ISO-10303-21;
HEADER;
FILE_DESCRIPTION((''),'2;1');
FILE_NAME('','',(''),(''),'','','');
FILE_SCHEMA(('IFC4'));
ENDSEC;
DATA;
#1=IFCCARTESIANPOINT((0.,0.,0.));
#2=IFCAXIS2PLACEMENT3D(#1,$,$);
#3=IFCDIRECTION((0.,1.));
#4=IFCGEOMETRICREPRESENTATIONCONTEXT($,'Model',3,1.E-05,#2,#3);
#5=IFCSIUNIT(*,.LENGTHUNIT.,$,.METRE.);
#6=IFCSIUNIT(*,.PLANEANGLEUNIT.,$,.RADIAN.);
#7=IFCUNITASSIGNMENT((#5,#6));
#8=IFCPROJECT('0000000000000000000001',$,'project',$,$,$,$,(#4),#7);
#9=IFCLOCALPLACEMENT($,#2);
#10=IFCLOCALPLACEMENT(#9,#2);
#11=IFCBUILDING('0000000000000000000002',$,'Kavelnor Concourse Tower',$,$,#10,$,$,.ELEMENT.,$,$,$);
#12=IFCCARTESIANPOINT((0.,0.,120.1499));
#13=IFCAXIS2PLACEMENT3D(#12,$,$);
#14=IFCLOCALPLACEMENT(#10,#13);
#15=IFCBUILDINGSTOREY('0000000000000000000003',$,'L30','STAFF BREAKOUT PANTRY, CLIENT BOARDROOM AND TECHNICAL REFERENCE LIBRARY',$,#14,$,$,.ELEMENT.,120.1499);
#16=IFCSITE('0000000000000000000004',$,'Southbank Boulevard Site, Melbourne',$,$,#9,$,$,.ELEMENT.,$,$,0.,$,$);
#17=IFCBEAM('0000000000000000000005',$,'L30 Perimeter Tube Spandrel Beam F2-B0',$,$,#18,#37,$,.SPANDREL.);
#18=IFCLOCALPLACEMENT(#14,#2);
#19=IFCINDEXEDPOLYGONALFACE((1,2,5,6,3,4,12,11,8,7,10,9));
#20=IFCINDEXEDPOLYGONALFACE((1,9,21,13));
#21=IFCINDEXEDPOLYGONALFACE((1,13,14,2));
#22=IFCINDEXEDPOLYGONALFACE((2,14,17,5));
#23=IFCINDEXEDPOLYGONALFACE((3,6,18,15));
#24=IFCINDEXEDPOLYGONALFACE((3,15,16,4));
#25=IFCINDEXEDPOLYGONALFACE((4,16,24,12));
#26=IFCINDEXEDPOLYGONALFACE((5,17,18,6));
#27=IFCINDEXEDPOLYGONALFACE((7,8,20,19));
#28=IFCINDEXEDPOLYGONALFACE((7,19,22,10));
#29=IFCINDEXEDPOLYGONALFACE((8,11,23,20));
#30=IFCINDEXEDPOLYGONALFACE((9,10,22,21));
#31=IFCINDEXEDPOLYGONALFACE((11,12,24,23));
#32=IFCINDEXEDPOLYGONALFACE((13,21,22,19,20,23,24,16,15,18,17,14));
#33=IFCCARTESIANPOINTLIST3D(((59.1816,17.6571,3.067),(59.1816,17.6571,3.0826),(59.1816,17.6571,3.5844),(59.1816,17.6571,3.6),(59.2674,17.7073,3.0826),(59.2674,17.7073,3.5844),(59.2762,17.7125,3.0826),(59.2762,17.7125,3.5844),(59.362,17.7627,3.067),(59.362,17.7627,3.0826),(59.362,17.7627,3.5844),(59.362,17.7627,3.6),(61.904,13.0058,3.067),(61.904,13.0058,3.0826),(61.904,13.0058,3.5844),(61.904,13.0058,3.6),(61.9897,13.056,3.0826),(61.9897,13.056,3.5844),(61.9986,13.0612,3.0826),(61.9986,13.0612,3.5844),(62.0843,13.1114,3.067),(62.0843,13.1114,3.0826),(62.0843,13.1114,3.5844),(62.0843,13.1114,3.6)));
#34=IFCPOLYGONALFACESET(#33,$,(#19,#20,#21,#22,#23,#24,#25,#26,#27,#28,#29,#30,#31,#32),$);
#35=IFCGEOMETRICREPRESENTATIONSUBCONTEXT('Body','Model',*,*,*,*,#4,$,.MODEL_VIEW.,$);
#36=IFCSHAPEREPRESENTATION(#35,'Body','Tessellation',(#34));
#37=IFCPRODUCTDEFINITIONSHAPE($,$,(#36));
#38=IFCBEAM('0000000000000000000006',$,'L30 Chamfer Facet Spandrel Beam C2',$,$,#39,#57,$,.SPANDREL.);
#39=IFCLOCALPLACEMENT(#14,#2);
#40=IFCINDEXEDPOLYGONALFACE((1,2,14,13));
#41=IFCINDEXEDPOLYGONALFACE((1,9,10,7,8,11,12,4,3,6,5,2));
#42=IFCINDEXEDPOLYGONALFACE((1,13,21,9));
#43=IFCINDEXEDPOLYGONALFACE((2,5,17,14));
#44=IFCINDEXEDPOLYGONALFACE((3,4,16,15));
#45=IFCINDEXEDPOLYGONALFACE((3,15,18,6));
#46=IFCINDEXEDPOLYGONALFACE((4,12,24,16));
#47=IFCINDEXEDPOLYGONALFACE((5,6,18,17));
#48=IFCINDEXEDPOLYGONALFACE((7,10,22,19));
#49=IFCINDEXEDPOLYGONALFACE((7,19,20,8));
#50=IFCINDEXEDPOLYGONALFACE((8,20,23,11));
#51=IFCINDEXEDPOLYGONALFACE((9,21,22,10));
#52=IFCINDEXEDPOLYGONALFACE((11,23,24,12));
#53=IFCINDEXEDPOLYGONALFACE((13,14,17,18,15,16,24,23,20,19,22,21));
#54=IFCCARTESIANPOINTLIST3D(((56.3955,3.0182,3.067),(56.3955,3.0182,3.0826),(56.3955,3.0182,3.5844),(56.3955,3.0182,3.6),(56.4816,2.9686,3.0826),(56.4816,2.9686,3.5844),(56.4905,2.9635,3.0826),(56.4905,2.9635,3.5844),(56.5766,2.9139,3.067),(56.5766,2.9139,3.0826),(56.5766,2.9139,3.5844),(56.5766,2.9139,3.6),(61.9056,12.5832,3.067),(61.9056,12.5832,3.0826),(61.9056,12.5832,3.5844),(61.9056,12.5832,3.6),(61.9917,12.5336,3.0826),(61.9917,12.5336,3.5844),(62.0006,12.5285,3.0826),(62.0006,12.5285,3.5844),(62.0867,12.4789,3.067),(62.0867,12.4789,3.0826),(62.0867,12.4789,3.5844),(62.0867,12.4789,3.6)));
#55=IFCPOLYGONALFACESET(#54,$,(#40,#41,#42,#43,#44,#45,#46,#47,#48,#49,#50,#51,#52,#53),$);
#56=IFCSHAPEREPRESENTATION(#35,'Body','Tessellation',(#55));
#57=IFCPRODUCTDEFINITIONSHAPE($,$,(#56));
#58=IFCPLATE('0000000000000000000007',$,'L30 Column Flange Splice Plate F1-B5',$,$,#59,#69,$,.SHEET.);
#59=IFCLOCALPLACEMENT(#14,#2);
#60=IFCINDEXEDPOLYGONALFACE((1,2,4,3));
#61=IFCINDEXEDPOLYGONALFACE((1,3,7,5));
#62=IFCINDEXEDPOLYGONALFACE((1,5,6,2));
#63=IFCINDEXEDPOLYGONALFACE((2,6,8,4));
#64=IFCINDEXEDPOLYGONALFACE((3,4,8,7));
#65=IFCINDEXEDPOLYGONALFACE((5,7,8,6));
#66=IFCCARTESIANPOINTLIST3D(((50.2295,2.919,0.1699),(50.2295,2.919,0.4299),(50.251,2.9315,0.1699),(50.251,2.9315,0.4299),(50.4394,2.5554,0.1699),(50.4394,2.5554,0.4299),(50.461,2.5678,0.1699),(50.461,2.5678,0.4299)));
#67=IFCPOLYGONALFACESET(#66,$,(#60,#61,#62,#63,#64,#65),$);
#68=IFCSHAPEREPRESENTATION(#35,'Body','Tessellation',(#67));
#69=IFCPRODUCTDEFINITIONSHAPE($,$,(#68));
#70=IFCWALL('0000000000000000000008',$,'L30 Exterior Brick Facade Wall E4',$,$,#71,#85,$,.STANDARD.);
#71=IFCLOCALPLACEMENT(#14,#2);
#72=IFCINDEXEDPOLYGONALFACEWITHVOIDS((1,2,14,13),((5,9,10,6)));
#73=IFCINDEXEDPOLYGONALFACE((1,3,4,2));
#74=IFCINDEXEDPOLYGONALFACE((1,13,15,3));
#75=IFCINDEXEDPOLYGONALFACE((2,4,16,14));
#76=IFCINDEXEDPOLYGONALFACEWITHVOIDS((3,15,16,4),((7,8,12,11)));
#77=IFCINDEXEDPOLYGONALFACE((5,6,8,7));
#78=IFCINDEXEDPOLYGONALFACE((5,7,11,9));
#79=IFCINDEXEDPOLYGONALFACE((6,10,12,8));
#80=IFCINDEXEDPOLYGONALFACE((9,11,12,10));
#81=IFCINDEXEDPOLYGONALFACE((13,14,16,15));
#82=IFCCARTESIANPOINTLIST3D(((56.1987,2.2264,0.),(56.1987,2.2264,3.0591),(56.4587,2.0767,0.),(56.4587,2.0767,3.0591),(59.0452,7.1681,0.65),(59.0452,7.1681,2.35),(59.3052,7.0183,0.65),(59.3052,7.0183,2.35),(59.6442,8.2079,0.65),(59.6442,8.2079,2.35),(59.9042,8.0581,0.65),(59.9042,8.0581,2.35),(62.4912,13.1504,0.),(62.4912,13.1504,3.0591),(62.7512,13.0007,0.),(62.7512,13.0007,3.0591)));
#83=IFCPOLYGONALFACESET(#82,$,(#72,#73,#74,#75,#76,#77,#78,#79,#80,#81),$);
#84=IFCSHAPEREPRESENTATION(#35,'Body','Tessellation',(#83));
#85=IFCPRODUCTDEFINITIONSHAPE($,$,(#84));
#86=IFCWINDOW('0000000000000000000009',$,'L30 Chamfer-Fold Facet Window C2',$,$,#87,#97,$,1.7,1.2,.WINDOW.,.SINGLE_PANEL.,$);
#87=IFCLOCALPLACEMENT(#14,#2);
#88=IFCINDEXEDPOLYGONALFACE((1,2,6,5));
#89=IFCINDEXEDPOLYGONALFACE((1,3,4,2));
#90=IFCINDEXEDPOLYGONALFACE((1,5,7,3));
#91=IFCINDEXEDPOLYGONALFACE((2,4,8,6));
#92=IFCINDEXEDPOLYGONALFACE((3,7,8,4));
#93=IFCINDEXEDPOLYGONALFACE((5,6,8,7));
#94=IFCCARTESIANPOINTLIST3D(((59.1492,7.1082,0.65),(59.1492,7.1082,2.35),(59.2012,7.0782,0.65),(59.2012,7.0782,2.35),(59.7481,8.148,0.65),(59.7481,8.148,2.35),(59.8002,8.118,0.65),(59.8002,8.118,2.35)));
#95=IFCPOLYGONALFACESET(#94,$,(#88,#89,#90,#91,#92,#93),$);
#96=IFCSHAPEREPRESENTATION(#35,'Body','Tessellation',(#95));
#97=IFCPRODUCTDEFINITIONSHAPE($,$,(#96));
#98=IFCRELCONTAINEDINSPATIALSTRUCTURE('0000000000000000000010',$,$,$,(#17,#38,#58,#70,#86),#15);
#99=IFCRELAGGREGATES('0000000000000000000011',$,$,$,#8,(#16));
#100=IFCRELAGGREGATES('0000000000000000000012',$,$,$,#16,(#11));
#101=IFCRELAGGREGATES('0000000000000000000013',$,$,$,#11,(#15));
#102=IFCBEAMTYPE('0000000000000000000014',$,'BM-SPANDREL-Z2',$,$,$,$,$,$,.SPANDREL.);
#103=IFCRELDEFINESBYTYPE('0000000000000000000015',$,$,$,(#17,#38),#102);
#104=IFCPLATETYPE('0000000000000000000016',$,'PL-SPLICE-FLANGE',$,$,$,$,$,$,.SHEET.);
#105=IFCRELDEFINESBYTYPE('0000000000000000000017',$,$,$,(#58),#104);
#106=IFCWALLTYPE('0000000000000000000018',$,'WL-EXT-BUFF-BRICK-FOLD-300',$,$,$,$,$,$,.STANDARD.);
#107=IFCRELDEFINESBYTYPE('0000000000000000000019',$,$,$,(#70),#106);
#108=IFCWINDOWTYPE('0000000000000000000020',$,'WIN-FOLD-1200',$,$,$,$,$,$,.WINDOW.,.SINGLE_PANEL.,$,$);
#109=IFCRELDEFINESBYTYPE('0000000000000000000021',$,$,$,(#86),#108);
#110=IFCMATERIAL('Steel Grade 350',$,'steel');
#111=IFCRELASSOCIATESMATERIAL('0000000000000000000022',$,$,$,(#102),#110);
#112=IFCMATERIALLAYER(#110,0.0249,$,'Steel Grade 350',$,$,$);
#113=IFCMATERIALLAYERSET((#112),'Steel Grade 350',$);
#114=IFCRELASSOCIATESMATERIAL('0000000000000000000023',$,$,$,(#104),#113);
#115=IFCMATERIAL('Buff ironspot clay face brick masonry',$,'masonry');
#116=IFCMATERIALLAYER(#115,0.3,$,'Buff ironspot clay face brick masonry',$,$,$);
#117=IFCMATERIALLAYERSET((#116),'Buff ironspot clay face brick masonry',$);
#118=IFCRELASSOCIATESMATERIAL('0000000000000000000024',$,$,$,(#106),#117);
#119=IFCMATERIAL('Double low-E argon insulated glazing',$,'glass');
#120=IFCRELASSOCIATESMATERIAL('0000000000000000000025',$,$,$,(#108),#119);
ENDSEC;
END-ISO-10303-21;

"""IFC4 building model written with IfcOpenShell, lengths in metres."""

from ifc_helpers import new_model, si_unit, direction, frame, frame_2d, origin, origin_2d, place, context, subcontext, project, spatial, rectangle, i_section, extrude, material, layer, layer_set, material_profile, profile_set, type_object, element, fill, save


model = new_model("IFC4")

# Units and contexts
model_context = context("Model", 3, precision=1e-05, world=origin(), true_north=direction((0.0, 1.0)))
body_context = subcontext(model_context, "Body", "Model", "MODEL_VIEW")
ifc_project = project(units=[si_unit("LENGTHUNIT", "METRE"), si_unit("PLANEANGLEUNIT", "RADIAN")], contexts=[model_context])

# Site, building, storey
site_placement = place(None, origin())
site = spatial("IfcSite", under=ifc_project, at=site_placement, Name="Southbank Boulevard Site, Melbourne", CompositionType="ELEMENT", RefElevation=0.0)
building_placement = place(site_placement, origin())
building = spatial("IfcBuilding", under=site, at=building_placement, Name="Kavelnor Concourse Tower", CompositionType="ELEMENT")
storey_placement = place(building_placement, frame((0.0, 0.0, 120.1499)))
storey = spatial("IfcBuildingStorey", under=building, at=storey_placement, Name="L30", Description="STAFF BREAKOUT PANTRY, CLIENT BOARDROOM AND TECHNICAL REFERENCE LIBRARY", CompositionType="ELEMENT", Elevation=120.1499)

# Shared definitions
ifc_material_1 = material(Name="Steel Grade 350", Category="steel")

# Beams
ifc_material_profile_1 = material_profile(ifc_material_1, i_section(OverallWidth=0.209, OverallDepth=0.533, WebThickness=0.0103, FlangeThickness=0.0156, at=origin_2d()), Name="530UB92")
ifc_profile_set_1 = profile_set([ifc_material_profile_1], Name="Steel Grade 350")
beam_type_1 = type_object("IfcBeamType", Name="BM-SPANDREL-Z2", PredefinedType="SPANDREL", material=ifc_profile_set_1)
beam_1_placement = place(storey_placement, frame((61.9941, 13.0586, 3.3335), z_axis=(-0.505132, 0.863042, 0.0), x_axis=(-0.863042, -0.505132, 0.0)))
element("IfcBeam", 1, at=beam_1_placement, inside=storey, type_object=beam_type_1, Name="L30 Perimeter Tube Spandrel Beam F2-B0", PredefinedType="SPANDREL", context=body_context, shape_type="SweptSolid", body=[
    extrude(i_section(OverallWidth=0.209, OverallDepth=0.533, WebThickness=0.0103, FlangeThickness=0.0156, at=origin_2d()), origin(), (0.0, 0.0, 1.0), 5.3894),
])
beam_2_placement = place(storey_placement, frame((56.4861, 2.9661, 3.3335), z_axis=(0.499163, 0.866508, 0.0), x_axis=(-0.866508, 0.499163, 0.0)))
element("IfcBeam", 2, at=beam_2_placement, inside=storey, type_object=beam_type_1, Name="L30 Chamfer Facet Spandrel Beam C2", PredefinedType="SPANDREL", context=body_context, shape_type="SweptSolid", body=[
    extrude(i_section(OverallWidth=0.209, OverallDepth=0.533, WebThickness=0.0103, FlangeThickness=0.0156, at=origin_2d()), origin(), (0.0, 0.0, 1.0), 11.0386),
])

# Plate
ifc_layer_1 = layer(ifc_material_1, 0.0249, Name="Steel Grade 350")
ifc_layer_set_1 = layer_set([ifc_layer_1], Name="Steel Grade 350")
plate_type = type_object("IfcPlateType", Name="PL-SPLICE-FLANGE", PredefinedType="SHEET", material=ifc_layer_set_1)
plate_placement = place(storey_placement, frame((50.3452, 2.7434, 0.1699), z_axis=(0.0, 0.0, 1.0), x_axis=(-0.5, 0.866025, 0.0)))
element("IfcPlate", 3, at=plate_placement, inside=storey, type_object=plate_type, Name="L30 Column Flange Splice Plate F1-B5", PredefinedType="SHEET", context=body_context, shape_type="SweptSolid", body=[
    extrude(rectangle(XDim=0.4199, YDim=0.0249, at=origin_2d()), origin(), (0.0, 0.0, 1.0), 0.26),
])

# Wall, opening, window
ifc_material_2 = material(Name="Buff ironspot clay face brick masonry", Category="masonry")
ifc_layer_2 = layer(ifc_material_2, 0.3, Name="Buff ironspot clay face brick masonry")
ifc_layer_set_2 = layer_set([ifc_layer_2], Name="Buff ironspot clay face brick masonry")
wall_type_1 = type_object("IfcWallType", Name="WL-EXT-BUFF-BRICK-FOLD-300", PredefinedType="STANDARD", material=ifc_layer_set_2)
wall_1_placement = place(storey_placement, frame((62.6211, 13.0754, 0.0), z_axis=(0.0, 0.0, 1.0), x_axis=(-0.499135, -0.866524, 0.0)))
wall_1 = element("IfcWall", 4, at=wall_1_placement, inside=storey, type_object=wall_type_1, Name="L30 Exterior Brick Facade Wall E4", PredefinedType="STANDARD", context=body_context, shape_type="SweptSolid", body=[
    extrude(rectangle(XDim=12.6067, YDim=0.3, at=frame_2d((6.3032, 0.0))), origin(), (0.0, 0.0, 1.0), 3.0591),
])
opening_1_placement = place(wall_1_placement, frame((5.7036, 0.0, 0.6499)))
opening_1 = element("IfcOpeningElement", 5, at=opening_1_placement, cuts=wall_1, PredefinedType="OPENING", context=body_context, shape_type="SweptSolid", body=[
    extrude(rectangle(XDim=1.2, YDim=1.7, at=frame_2d((0.6001, 0.8501))), frame((0.0, 0.1602, 0.0), z_axis=(0.0, -1.0, 0.0), x_axis=(1.0, 0.0, 0.0)), (0.0, 0.0, 1.0), 0.3201),
])
ifc_material_3 = material(Name="Double low-E argon insulated glazing", Category="glass")
window_type_1 = type_object("IfcWindowType", Name="WIN-FOLD-1200", PartitioningType="SINGLE_PANEL", PredefinedType="WINDOW", material=ifc_material_3)
window_1_placement = place(opening_1_placement, origin())
window_1 = element("IfcWindow", 6, at=window_1_placement, inside=storey, type_object=window_type_1, Name="L30 Chamfer-Fold Facet Window C2", OverallHeight=1.7, OverallWidth=1.2, PartitioningType="SINGLE_PANEL", PredefinedType="WINDOW", context=body_context, shape_type="SweptSolid", body=[
    extrude(rectangle(XDim=1.2, YDim=1.7, at=frame_2d((0.6001, 0.8501))), frame((0.0, 0.03, 0.0), z_axis=(0.0, -1.0, 0.0), x_axis=(1.0, 0.0, 0.0)), (0.0, 0.0, 1.0), 0.0601),
])
fill(opening_1, window_1)

save(model, "model.ifc")
